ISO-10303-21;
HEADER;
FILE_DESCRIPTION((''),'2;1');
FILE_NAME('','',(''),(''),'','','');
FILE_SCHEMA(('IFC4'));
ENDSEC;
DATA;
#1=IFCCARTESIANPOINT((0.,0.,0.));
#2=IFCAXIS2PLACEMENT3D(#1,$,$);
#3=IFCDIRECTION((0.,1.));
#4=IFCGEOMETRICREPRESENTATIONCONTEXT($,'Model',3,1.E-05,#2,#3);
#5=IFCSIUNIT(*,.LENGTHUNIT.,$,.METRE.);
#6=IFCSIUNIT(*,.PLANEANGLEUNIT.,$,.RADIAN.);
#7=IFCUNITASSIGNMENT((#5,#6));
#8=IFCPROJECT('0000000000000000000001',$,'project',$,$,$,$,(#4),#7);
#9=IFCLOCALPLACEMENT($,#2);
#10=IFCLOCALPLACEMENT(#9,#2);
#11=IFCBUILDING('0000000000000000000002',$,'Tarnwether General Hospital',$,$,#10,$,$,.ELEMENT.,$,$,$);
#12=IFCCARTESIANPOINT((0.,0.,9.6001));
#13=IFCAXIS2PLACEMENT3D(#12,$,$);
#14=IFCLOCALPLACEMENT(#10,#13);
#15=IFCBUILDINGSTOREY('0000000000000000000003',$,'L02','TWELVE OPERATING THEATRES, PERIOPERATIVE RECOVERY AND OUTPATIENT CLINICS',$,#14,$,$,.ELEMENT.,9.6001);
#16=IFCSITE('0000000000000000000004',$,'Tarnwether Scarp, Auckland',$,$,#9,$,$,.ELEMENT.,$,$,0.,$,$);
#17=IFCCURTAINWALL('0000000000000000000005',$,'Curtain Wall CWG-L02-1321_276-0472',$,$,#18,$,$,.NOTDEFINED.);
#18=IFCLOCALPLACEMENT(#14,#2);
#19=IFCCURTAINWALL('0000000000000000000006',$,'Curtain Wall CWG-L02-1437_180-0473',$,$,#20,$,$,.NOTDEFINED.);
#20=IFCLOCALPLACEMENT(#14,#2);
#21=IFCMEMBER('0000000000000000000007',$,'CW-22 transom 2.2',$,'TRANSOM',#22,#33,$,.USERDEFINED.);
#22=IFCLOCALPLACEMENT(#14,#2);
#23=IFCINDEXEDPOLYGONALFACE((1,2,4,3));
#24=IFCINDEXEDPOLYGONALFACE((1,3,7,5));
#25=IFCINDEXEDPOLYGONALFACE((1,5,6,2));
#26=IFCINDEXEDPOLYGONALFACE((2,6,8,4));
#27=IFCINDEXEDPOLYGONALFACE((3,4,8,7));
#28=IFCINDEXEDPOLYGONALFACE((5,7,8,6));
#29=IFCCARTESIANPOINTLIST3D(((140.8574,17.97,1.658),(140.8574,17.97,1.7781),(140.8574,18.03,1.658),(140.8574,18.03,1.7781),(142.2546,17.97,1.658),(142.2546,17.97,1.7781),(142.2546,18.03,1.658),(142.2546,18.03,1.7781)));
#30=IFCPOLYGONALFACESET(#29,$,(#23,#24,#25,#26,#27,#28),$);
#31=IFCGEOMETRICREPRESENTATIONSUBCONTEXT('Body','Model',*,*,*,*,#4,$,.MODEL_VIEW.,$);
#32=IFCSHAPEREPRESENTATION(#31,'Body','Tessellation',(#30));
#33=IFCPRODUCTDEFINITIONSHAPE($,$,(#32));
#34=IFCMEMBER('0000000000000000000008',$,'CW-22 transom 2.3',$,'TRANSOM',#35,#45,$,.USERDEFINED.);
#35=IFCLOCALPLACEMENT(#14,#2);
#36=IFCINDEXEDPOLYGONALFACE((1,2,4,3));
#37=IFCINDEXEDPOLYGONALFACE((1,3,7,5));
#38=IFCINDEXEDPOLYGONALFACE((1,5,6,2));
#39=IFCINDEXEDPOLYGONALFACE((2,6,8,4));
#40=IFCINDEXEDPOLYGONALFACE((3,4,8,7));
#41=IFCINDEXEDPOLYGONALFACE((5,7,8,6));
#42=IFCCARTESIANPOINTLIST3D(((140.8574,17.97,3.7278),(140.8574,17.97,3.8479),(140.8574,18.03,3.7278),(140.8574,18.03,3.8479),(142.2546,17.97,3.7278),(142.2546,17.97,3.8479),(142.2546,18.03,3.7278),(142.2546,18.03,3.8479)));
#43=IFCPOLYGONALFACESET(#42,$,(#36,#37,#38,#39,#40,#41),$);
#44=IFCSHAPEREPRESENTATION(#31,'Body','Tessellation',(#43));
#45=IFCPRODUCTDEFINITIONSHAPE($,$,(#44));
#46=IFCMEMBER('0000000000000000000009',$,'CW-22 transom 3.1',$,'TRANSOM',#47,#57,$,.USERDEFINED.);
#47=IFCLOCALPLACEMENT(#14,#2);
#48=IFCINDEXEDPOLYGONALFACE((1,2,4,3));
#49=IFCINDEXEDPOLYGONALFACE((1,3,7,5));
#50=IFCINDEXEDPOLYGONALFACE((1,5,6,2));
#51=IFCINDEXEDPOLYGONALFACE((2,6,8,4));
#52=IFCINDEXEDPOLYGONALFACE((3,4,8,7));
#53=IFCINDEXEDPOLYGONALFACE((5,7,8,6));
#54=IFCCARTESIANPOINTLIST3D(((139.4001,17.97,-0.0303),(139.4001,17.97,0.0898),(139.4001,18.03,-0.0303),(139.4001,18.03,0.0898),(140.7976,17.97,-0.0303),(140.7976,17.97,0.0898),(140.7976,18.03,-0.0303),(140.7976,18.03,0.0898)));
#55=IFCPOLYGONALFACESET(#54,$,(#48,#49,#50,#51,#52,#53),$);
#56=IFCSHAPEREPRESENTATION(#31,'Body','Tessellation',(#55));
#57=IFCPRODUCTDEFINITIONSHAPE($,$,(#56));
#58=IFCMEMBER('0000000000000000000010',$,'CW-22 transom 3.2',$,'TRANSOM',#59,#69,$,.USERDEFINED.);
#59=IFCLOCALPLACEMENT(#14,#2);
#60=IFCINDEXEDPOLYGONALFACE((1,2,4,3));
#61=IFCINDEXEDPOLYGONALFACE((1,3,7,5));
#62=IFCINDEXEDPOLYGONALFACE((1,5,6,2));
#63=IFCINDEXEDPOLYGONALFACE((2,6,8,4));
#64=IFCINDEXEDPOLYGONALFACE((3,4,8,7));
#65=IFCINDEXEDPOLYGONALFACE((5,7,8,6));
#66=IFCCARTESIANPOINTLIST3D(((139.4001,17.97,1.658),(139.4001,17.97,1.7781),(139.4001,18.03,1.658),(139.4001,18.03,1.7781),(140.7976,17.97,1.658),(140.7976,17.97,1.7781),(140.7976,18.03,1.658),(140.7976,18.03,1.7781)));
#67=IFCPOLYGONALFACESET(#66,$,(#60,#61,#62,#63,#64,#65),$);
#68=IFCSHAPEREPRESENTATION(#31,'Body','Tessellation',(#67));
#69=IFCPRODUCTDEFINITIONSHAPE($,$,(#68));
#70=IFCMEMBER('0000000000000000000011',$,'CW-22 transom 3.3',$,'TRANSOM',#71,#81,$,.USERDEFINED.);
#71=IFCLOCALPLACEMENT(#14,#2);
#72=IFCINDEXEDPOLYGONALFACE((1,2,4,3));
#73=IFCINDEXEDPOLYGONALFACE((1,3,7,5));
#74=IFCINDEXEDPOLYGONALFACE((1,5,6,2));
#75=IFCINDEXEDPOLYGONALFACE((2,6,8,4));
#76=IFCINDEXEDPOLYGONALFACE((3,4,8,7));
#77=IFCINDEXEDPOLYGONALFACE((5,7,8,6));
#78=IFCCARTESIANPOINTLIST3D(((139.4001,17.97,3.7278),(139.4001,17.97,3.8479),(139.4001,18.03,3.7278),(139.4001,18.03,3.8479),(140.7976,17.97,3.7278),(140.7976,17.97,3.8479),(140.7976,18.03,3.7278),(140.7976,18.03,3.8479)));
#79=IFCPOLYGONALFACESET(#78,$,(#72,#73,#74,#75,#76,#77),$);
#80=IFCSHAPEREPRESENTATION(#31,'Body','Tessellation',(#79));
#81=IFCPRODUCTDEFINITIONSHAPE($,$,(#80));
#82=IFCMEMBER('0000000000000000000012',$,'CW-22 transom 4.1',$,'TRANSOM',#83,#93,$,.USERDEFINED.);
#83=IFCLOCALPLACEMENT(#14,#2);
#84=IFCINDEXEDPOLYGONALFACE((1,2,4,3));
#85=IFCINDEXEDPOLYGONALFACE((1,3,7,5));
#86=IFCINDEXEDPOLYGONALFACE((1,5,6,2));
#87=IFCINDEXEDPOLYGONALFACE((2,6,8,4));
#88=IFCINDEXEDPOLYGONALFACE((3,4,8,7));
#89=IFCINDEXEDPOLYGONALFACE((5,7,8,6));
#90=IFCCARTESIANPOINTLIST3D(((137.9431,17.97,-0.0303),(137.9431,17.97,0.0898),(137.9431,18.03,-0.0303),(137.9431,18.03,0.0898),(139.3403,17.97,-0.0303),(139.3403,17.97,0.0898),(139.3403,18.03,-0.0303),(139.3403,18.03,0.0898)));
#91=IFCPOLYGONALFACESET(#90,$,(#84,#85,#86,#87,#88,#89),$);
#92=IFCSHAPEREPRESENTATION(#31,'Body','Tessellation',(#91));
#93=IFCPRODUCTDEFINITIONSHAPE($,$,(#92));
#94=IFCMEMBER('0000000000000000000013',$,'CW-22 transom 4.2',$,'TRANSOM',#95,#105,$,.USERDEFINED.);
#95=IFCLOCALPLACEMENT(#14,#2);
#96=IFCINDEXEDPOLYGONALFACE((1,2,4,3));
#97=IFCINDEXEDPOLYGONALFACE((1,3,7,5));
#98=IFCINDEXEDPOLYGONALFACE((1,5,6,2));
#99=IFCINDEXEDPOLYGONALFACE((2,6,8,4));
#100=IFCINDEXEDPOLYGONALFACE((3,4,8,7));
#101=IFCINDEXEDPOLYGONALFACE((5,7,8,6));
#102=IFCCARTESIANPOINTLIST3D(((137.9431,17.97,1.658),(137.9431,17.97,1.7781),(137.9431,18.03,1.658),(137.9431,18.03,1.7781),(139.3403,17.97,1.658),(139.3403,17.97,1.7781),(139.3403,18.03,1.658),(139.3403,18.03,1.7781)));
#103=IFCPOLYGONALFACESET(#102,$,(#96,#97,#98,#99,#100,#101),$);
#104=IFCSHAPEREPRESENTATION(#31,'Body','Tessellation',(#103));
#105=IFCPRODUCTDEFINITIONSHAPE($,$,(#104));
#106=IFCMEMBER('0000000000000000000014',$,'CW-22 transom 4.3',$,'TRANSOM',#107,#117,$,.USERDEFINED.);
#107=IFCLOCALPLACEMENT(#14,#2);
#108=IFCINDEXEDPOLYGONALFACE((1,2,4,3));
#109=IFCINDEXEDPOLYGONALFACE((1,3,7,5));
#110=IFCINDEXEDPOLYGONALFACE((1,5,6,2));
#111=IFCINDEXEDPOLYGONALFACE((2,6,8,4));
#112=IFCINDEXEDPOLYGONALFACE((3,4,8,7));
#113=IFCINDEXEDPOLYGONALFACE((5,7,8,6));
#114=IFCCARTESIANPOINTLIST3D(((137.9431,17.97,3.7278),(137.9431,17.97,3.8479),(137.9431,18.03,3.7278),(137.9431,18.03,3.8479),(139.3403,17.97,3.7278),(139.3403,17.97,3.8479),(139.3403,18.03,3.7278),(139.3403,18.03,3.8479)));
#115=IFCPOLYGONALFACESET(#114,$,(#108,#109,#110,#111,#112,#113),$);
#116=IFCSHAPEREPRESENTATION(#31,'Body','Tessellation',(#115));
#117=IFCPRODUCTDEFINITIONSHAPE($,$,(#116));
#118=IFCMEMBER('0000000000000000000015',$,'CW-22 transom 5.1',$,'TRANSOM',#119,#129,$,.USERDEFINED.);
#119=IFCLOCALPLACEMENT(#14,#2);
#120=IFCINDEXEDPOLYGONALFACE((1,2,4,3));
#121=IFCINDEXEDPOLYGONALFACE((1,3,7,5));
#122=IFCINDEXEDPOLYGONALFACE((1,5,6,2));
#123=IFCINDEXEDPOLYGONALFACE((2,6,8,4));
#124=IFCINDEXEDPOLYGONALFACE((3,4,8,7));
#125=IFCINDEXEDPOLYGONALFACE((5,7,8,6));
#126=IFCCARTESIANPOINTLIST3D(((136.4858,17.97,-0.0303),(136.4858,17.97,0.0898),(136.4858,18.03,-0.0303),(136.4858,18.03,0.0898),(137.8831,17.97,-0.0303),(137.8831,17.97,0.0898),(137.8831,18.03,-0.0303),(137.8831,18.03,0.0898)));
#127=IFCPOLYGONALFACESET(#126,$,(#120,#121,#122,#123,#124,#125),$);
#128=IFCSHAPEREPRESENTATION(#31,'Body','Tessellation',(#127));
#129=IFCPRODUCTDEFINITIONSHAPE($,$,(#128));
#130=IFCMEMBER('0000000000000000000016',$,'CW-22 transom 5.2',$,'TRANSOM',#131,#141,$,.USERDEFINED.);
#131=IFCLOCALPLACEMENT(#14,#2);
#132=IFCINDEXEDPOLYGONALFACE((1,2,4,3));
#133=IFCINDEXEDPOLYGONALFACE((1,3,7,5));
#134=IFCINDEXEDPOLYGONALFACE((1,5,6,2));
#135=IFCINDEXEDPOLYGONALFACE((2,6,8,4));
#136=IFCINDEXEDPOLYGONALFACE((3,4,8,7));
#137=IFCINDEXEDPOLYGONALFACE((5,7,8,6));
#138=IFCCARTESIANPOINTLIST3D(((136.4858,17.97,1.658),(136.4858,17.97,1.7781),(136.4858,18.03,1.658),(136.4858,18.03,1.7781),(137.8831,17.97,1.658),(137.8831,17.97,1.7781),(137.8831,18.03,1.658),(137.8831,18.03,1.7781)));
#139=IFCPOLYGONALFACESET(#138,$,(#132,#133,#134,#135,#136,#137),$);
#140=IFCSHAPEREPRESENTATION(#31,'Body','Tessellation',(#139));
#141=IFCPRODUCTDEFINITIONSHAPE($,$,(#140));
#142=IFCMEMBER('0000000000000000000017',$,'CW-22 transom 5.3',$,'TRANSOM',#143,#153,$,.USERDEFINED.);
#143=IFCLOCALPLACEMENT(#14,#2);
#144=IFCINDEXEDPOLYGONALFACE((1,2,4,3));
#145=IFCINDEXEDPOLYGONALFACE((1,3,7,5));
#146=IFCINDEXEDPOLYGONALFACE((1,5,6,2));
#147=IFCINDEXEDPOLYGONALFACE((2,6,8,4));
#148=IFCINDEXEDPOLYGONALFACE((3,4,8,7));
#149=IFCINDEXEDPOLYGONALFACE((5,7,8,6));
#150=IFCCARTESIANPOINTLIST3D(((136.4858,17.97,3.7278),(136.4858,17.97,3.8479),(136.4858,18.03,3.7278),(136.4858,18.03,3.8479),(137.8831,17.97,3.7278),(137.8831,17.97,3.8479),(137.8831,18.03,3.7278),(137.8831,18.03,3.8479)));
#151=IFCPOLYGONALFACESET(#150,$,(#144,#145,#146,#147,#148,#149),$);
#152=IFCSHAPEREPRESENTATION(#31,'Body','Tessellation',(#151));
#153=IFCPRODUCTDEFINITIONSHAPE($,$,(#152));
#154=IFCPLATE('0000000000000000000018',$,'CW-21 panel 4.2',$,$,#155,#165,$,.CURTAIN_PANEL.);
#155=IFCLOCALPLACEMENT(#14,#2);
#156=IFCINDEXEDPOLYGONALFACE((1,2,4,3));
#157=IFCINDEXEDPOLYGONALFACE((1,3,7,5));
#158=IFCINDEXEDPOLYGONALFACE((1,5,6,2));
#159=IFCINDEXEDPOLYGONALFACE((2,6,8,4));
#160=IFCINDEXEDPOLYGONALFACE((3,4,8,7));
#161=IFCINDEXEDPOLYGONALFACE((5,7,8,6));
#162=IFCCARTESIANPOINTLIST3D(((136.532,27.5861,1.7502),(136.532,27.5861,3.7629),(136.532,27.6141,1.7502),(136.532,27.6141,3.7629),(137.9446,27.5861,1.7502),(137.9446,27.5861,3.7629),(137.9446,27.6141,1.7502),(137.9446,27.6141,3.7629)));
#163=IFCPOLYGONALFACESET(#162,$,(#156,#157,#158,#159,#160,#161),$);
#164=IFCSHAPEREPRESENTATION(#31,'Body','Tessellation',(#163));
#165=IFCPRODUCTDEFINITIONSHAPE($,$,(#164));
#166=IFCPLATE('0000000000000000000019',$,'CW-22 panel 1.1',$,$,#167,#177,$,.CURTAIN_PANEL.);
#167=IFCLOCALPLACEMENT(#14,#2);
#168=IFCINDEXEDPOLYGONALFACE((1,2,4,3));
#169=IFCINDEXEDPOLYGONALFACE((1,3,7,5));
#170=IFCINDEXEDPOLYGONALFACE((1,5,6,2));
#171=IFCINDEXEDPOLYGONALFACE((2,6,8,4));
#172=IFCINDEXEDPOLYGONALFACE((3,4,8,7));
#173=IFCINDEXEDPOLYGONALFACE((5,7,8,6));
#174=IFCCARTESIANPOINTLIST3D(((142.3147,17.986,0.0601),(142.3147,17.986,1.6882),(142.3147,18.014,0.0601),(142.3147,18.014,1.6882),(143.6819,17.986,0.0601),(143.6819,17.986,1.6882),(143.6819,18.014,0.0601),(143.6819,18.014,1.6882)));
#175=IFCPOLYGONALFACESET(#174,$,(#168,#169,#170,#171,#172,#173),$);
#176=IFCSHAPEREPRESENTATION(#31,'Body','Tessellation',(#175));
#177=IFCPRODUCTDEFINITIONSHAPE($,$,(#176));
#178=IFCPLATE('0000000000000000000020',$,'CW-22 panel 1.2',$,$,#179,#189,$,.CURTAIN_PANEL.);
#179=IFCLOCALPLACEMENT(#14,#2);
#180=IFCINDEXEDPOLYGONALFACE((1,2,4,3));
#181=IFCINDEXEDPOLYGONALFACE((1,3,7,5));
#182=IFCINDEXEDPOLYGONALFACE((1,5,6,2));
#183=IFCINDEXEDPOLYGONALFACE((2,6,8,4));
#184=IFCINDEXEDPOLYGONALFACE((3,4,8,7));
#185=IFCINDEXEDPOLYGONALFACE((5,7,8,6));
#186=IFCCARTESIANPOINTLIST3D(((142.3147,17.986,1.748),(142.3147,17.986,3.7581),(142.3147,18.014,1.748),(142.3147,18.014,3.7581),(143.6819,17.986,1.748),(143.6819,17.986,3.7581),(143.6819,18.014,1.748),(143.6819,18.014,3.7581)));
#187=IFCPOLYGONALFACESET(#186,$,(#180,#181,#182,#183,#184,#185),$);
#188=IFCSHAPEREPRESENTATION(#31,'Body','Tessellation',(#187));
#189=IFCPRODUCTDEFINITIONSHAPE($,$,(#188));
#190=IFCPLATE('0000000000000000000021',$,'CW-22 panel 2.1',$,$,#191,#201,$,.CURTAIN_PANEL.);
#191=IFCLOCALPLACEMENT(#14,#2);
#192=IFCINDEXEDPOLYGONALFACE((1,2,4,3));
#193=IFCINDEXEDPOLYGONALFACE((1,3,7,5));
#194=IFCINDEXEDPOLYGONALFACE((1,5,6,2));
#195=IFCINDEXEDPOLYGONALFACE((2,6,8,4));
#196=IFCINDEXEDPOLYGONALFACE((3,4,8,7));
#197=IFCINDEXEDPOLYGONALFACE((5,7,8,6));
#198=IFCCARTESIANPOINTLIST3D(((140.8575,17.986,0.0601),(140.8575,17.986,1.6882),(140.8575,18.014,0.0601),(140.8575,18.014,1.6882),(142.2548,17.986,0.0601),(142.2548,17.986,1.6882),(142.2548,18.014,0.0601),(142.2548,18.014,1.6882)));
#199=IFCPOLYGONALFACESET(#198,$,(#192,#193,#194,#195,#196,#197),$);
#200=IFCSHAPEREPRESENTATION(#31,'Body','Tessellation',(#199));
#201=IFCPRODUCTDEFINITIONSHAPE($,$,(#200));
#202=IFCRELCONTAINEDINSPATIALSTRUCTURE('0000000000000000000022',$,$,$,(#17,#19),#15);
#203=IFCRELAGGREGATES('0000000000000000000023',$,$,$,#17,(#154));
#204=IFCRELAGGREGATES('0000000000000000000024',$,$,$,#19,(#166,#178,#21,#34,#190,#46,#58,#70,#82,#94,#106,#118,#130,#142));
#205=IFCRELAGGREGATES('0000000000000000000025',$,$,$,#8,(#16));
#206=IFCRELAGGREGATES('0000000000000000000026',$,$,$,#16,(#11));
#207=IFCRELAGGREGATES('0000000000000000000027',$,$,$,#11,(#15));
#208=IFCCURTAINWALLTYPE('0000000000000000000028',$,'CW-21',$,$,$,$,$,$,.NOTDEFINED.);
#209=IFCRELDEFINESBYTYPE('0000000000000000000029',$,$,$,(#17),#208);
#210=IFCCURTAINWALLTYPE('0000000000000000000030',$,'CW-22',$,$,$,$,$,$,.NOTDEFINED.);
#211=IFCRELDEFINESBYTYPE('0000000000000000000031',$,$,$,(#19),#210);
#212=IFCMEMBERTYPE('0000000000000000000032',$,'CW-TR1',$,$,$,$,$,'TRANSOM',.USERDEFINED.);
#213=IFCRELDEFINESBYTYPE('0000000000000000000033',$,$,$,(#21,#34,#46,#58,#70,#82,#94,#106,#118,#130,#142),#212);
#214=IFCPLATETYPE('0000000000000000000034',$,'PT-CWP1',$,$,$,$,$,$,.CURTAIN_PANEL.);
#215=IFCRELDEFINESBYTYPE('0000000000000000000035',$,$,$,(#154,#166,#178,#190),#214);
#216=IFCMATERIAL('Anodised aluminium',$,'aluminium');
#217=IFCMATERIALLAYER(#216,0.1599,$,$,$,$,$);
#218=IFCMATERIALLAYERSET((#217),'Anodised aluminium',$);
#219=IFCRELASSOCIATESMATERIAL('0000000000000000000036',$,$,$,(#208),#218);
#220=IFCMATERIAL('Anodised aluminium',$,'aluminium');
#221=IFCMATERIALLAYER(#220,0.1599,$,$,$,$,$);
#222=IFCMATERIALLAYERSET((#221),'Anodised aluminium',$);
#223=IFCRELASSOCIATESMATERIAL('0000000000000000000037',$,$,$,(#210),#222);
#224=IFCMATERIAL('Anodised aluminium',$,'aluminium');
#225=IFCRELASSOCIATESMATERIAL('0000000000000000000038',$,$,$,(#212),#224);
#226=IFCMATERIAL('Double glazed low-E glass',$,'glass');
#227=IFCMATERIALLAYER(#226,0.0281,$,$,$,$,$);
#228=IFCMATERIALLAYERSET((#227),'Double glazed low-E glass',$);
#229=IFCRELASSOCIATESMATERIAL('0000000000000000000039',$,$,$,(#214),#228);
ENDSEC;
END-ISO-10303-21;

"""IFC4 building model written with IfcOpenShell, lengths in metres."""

from ifc_helpers import new_model, si_unit, direction, frame, origin, origin_2d, place, context, subcontext, project, spatial, rectangle, extrude, material, layer, layer_set, material_profile, profile_set, type_object, element, aggregate, save


model = new_model("IFC4")

# Units and contexts
model_context = context("Model", 3, precision=1e-05, world=origin(), true_north=direction((0.0, 1.0)))
body_context = subcontext(model_context, "Body", "Model", "MODEL_VIEW")
ifc_project = project(units=[si_unit("LENGTHUNIT", "METRE"), si_unit("PLANEANGLEUNIT", "RADIAN")], contexts=[model_context])

# Site, building, storey
site_placement = place(None, origin())
site = spatial("IfcSite", under=ifc_project, at=site_placement, Name="Tarnwether Scarp, Auckland", CompositionType="ELEMENT", RefElevation=0.0)
building_placement = place(site_placement, origin())
building = spatial("IfcBuilding", under=site, at=building_placement, Name="Tarnwether General Hospital", CompositionType="ELEMENT")
storey_placement = place(building_placement, frame((0.0, 0.0, 9.6001)))
storey = spatial("IfcBuildingStorey", under=building, at=storey_placement, Name="L02", Description="TWELVE OPERATING THEATRES, PERIOPERATIVE RECOVERY AND OUTPATIENT CLINICS", CompositionType="ELEMENT", Elevation=9.6001)

# Curtain wall
ifc_material_1 = material(Name="Anodised aluminium", Category="aluminium")
ifc_layer_1 = layer(ifc_material_1, 0.1599)
ifc_layer_set_1 = layer_set([ifc_layer_1], Name="Anodised aluminium")
curtain_wall_type_1 = type_object("IfcCurtainWallType", Name="CW-21", PredefinedType="NOTDEFINED", material=ifc_layer_set_1)
curtain_wall_1_placement = place(storey_placement, origin())
curtain_wall_1 = element("IfcCurtainWall", 1, at=curtain_wall_1_placement, inside=storey, type_object=curtain_wall_type_1, Name="Curtain Wall CWG-L02-1321_276-0472", PredefinedType="NOTDEFINED")

# Curtain wall
ifc_material_2 = material(Name="Anodised aluminium", Category="aluminium")
ifc_layer_2 = layer(ifc_material_2, 0.1599)
ifc_layer_set_2 = layer_set([ifc_layer_2], Name="Anodised aluminium")
curtain_wall_type_2 = type_object("IfcCurtainWallType", Name="CW-22", PredefinedType="NOTDEFINED", material=ifc_layer_set_2)
curtain_wall_2_placement = place(storey_placement, origin())
curtain_wall_2 = element("IfcCurtainWall", 2, at=curtain_wall_2_placement, inside=storey, type_object=curtain_wall_type_2, Name="Curtain Wall CWG-L02-1437_180-0473", PredefinedType="NOTDEFINED")

# Members
ifc_material_3 = material(Name="Anodised aluminium", Category="aluminium")
ifc_material_profile_1 = material_profile(ifc_material_3, rectangle(XDim=0.0601, YDim=0.1201, at=origin_2d()), Name="ALU-TRN-60x120")
ifc_profile_set_1 = profile_set([ifc_material_profile_1], Name="Anodised aluminium")
member_type_1 = type_object("IfcMemberType", Name="CW-TR1", ElementType="TRANSOM", PredefinedType="USERDEFINED", material=ifc_profile_set_1)
member_1_placement = place(storey_placement, frame((142.2546, 18.0, 1.718), z_axis=(-1.0, 0.0, 0.0), x_axis=(0.0, -1.0, 0.0)))
member_1 = element("IfcMember", 3, at=member_1_placement, type_object=member_type_1, Name="CW-22 transom 2.2", ObjectType="TRANSOM", PredefinedType="USERDEFINED", context=body_context, shape_type="SweptSolid", body=[
    extrude(rectangle(XDim=0.0601, YDim=0.1201, at=origin_2d()), origin(), (0.0, 0.0, 1.0), 1.3972),
])
member_2_placement = place(storey_placement, frame((142.2546, 18.0, 3.7878), z_axis=(-1.0, 0.0, 0.0), x_axis=(0.0, -1.0, 0.0)))
member_2 = element("IfcMember", 4, at=member_2_placement, type_object=member_type_1, Name="CW-22 transom 2.3", ObjectType="TRANSOM", PredefinedType="USERDEFINED", context=body_context, shape_type="SweptSolid", body=[
    extrude(rectangle(XDim=0.0601, YDim=0.1201, at=origin_2d()), origin(), (0.0, 0.0, 1.0), 1.3972),
])
member_3_placement = place(storey_placement, frame((140.7976, 18.0, 0.0298), z_axis=(-1.0, 0.0, 0.0), x_axis=(0.0, -1.0, 0.0)))
member_3 = element("IfcMember", 5, at=member_3_placement, type_object=member_type_1, Name="CW-22 transom 3.1", ObjectType="TRANSOM", PredefinedType="USERDEFINED", context=body_context, shape_type="SweptSolid", body=[
    extrude(rectangle(XDim=0.0601, YDim=0.1201, at=origin_2d()), origin(), (0.0, 0.0, 1.0), 1.3975),
])
member_4_placement = place(storey_placement, frame((140.7976, 18.0, 1.718), z_axis=(-1.0, 0.0, 0.0), x_axis=(0.0, -1.0, 0.0)))
member_4 = element("IfcMember", 6, at=member_4_placement, type_object=member_type_1, Name="CW-22 transom 3.2", ObjectType="TRANSOM", PredefinedType="USERDEFINED", context=body_context, shape_type="SweptSolid", body=[
    extrude(rectangle(XDim=0.0601, YDim=0.1201, at=origin_2d()), origin(), (0.0, 0.0, 1.0), 1.3975),
])
member_5_placement = place(storey_placement, frame((140.7976, 18.0, 3.7878), z_axis=(-1.0, 0.0, 0.0), x_axis=(0.0, -1.0, 0.0)))
member_5 = element("IfcMember", 7, at=member_5_placement, type_object=member_type_1, Name="CW-22 transom 3.3", ObjectType="TRANSOM", PredefinedType="USERDEFINED", context=body_context, shape_type="SweptSolid", body=[
    extrude(rectangle(XDim=0.0601, YDim=0.1201, at=origin_2d()), origin(), (0.0, 0.0, 1.0), 1.3975),
])
member_6_placement = place(storey_placement, frame((139.3403, 18.0, 0.0298), z_axis=(-1.0, 0.0, 0.0), x_axis=(0.0, -1.0, 0.0)))
member_6 = element("IfcMember", 8, at=member_6_placement, type_object=member_type_1, Name="CW-22 transom 4.1", ObjectType="TRANSOM", PredefinedType="USERDEFINED", context=body_context, shape_type="SweptSolid", body=[
    extrude(rectangle(XDim=0.0601, YDim=0.1201, at=origin_2d()), origin(), (0.0, 0.0, 1.0), 1.3972),
])
member_7_placement = place(storey_placement, frame((139.3403, 18.0, 1.718), z_axis=(-1.0, 0.0, 0.0), x_axis=(0.0, -1.0, 0.0)))
member_7 = element("IfcMember", 9, at=member_7_placement, type_object=member_type_1, Name="CW-22 transom 4.2", ObjectType="TRANSOM", PredefinedType="USERDEFINED", context=body_context, shape_type="SweptSolid", body=[
    extrude(rectangle(XDim=0.0601, YDim=0.1201, at=origin_2d()), origin(), (0.0, 0.0, 1.0), 1.3972),
])
member_8_placement = place(storey_placement, frame((139.3403, 18.0, 3.7878), z_axis=(-1.0, 0.0, 0.0), x_axis=(0.0, -1.0, 0.0)))
member_8 = element("IfcMember", 10, at=member_8_placement, type_object=member_type_1, Name="CW-22 transom 4.3", ObjectType="TRANSOM", PredefinedType="USERDEFINED", context=body_context, shape_type="SweptSolid", body=[
    extrude(rectangle(XDim=0.0601, YDim=0.1201, at=origin_2d()), origin(), (0.0, 0.0, 1.0), 1.3972),
])
member_9_placement = place(storey_placement, frame((137.8831, 18.0, 0.0298), z_axis=(-1.0, 0.0, 0.0), x_axis=(0.0, -1.0, 0.0)))
member_9 = element("IfcMember", 11, at=member_9_placement, type_object=member_type_1, Name="CW-22 transom 5.1", ObjectType="TRANSOM", PredefinedType="USERDEFINED", context=body_context, shape_type="SweptSolid", body=[
    extrude(rectangle(XDim=0.0601, YDim=0.1201, at=origin_2d()), origin(), (0.0, 0.0, 1.0), 1.3972),
])
member_10_placement = place(storey_placement, frame((137.8831, 18.0, 1.718), z_axis=(-1.0, 0.0, 0.0), x_axis=(0.0, -1.0, 0.0)))
member_10 = element("IfcMember", 12, at=member_10_placement, type_object=member_type_1, Name="CW-22 transom 5.2", ObjectType="TRANSOM", PredefinedType="USERDEFINED", context=body_context, shape_type="SweptSolid", body=[
    extrude(rectangle(XDim=0.0601, YDim=0.1201, at=origin_2d()), origin(), (0.0, 0.0, 1.0), 1.3972),
])
member_11_placement = place(storey_placement, frame((137.8831, 18.0, 3.7878), z_axis=(-1.0, 0.0, 0.0), x_axis=(0.0, -1.0, 0.0)))
member_11 = element("IfcMember", 13, at=member_11_placement, type_object=member_type_1, Name="CW-22 transom 5.3", ObjectType="TRANSOM", PredefinedType="USERDEFINED", context=body_context, shape_type="SweptSolid", body=[
    extrude(rectangle(XDim=0.0601, YDim=0.1201, at=origin_2d()), origin(), (0.0, 0.0, 1.0), 1.3972),
])

# Plates
ifc_material_4 = material(Name="Double glazed low-E glass", Category="glass")
ifc_layer_3 = layer(ifc_material_4, 0.0281)
ifc_layer_set_3 = layer_set([ifc_layer_3], Name="Double glazed low-E glass")
plate_type = type_object("IfcPlateType", Name="PT-CWP1", PredefinedType="CURTAIN_PANEL", material=ifc_layer_set_3)
plate_1_placement = place(storey_placement, frame((137.2383, 27.6001, 1.7502), z_axis=(0.0, 0.0, 1.0), x_axis=(1.0, 0.0, 0.0)))
plate_1 = element("IfcPlate", 14, at=plate_1_placement, type_object=plate_type, Name="CW-21 panel 4.2", PredefinedType="CURTAIN_PANEL", context=body_context, shape_type="SweptSolid", body=[
    extrude(rectangle(XDim=1.4126, YDim=0.0281, at=origin_2d()), origin(), (0.0, 0.0, 1.0), 2.0127),
])
aggregate(curtain_wall_1, [plate_1])
plate_2_placement = place(storey_placement, frame((142.9983, 18.0, 0.0601), z_axis=(0.0, 0.0, 1.0), x_axis=(-1.0, 0.0, 0.0)))
plate_2 = element("IfcPlate", 15, at=plate_2_placement, type_object=plate_type, Name="CW-22 panel 1.1", PredefinedType="CURTAIN_PANEL", context=body_context, shape_type="SweptSolid", body=[
    extrude(rectangle(XDim=1.3672, YDim=0.0281, at=origin_2d()), origin(), (0.0, 0.0, 1.0), 1.6282),
])
plate_3_placement = place(storey_placement, frame((142.9983, 18.0, 1.748), z_axis=(0.0, 0.0, 1.0), x_axis=(-1.0, 0.0, 0.0)))
plate_3 = element("IfcPlate", 16, at=plate_3_placement, type_object=plate_type, Name="CW-22 panel 1.2", PredefinedType="CURTAIN_PANEL", context=body_context, shape_type="SweptSolid", body=[
    extrude(rectangle(XDim=1.3672, YDim=0.0281, at=origin_2d()), origin(), (0.0, 0.0, 1.0), 2.01),
])
plate_4_placement = place(storey_placement, frame((141.5562, 18.0, 0.0601), z_axis=(0.0, 0.0, 1.0), x_axis=(-1.0, 0.0, 0.0)))
plate_4 = element("IfcPlate", 17, at=plate_4_placement, type_object=plate_type, Name="CW-22 panel 2.1", PredefinedType="CURTAIN_PANEL", context=body_context, shape_type="SweptSolid", body=[
    extrude(rectangle(XDim=1.3972, YDim=0.0281, at=origin_2d()), origin(), (0.0, 0.0, 1.0), 1.6282),
])
aggregate(curtain_wall_2, [plate_2, plate_3, member_1, member_2, plate_4, member_3, member_4, member_5, member_6, member_7, member_8, member_9, member_10, member_11])

save(model, "model.ifc")
